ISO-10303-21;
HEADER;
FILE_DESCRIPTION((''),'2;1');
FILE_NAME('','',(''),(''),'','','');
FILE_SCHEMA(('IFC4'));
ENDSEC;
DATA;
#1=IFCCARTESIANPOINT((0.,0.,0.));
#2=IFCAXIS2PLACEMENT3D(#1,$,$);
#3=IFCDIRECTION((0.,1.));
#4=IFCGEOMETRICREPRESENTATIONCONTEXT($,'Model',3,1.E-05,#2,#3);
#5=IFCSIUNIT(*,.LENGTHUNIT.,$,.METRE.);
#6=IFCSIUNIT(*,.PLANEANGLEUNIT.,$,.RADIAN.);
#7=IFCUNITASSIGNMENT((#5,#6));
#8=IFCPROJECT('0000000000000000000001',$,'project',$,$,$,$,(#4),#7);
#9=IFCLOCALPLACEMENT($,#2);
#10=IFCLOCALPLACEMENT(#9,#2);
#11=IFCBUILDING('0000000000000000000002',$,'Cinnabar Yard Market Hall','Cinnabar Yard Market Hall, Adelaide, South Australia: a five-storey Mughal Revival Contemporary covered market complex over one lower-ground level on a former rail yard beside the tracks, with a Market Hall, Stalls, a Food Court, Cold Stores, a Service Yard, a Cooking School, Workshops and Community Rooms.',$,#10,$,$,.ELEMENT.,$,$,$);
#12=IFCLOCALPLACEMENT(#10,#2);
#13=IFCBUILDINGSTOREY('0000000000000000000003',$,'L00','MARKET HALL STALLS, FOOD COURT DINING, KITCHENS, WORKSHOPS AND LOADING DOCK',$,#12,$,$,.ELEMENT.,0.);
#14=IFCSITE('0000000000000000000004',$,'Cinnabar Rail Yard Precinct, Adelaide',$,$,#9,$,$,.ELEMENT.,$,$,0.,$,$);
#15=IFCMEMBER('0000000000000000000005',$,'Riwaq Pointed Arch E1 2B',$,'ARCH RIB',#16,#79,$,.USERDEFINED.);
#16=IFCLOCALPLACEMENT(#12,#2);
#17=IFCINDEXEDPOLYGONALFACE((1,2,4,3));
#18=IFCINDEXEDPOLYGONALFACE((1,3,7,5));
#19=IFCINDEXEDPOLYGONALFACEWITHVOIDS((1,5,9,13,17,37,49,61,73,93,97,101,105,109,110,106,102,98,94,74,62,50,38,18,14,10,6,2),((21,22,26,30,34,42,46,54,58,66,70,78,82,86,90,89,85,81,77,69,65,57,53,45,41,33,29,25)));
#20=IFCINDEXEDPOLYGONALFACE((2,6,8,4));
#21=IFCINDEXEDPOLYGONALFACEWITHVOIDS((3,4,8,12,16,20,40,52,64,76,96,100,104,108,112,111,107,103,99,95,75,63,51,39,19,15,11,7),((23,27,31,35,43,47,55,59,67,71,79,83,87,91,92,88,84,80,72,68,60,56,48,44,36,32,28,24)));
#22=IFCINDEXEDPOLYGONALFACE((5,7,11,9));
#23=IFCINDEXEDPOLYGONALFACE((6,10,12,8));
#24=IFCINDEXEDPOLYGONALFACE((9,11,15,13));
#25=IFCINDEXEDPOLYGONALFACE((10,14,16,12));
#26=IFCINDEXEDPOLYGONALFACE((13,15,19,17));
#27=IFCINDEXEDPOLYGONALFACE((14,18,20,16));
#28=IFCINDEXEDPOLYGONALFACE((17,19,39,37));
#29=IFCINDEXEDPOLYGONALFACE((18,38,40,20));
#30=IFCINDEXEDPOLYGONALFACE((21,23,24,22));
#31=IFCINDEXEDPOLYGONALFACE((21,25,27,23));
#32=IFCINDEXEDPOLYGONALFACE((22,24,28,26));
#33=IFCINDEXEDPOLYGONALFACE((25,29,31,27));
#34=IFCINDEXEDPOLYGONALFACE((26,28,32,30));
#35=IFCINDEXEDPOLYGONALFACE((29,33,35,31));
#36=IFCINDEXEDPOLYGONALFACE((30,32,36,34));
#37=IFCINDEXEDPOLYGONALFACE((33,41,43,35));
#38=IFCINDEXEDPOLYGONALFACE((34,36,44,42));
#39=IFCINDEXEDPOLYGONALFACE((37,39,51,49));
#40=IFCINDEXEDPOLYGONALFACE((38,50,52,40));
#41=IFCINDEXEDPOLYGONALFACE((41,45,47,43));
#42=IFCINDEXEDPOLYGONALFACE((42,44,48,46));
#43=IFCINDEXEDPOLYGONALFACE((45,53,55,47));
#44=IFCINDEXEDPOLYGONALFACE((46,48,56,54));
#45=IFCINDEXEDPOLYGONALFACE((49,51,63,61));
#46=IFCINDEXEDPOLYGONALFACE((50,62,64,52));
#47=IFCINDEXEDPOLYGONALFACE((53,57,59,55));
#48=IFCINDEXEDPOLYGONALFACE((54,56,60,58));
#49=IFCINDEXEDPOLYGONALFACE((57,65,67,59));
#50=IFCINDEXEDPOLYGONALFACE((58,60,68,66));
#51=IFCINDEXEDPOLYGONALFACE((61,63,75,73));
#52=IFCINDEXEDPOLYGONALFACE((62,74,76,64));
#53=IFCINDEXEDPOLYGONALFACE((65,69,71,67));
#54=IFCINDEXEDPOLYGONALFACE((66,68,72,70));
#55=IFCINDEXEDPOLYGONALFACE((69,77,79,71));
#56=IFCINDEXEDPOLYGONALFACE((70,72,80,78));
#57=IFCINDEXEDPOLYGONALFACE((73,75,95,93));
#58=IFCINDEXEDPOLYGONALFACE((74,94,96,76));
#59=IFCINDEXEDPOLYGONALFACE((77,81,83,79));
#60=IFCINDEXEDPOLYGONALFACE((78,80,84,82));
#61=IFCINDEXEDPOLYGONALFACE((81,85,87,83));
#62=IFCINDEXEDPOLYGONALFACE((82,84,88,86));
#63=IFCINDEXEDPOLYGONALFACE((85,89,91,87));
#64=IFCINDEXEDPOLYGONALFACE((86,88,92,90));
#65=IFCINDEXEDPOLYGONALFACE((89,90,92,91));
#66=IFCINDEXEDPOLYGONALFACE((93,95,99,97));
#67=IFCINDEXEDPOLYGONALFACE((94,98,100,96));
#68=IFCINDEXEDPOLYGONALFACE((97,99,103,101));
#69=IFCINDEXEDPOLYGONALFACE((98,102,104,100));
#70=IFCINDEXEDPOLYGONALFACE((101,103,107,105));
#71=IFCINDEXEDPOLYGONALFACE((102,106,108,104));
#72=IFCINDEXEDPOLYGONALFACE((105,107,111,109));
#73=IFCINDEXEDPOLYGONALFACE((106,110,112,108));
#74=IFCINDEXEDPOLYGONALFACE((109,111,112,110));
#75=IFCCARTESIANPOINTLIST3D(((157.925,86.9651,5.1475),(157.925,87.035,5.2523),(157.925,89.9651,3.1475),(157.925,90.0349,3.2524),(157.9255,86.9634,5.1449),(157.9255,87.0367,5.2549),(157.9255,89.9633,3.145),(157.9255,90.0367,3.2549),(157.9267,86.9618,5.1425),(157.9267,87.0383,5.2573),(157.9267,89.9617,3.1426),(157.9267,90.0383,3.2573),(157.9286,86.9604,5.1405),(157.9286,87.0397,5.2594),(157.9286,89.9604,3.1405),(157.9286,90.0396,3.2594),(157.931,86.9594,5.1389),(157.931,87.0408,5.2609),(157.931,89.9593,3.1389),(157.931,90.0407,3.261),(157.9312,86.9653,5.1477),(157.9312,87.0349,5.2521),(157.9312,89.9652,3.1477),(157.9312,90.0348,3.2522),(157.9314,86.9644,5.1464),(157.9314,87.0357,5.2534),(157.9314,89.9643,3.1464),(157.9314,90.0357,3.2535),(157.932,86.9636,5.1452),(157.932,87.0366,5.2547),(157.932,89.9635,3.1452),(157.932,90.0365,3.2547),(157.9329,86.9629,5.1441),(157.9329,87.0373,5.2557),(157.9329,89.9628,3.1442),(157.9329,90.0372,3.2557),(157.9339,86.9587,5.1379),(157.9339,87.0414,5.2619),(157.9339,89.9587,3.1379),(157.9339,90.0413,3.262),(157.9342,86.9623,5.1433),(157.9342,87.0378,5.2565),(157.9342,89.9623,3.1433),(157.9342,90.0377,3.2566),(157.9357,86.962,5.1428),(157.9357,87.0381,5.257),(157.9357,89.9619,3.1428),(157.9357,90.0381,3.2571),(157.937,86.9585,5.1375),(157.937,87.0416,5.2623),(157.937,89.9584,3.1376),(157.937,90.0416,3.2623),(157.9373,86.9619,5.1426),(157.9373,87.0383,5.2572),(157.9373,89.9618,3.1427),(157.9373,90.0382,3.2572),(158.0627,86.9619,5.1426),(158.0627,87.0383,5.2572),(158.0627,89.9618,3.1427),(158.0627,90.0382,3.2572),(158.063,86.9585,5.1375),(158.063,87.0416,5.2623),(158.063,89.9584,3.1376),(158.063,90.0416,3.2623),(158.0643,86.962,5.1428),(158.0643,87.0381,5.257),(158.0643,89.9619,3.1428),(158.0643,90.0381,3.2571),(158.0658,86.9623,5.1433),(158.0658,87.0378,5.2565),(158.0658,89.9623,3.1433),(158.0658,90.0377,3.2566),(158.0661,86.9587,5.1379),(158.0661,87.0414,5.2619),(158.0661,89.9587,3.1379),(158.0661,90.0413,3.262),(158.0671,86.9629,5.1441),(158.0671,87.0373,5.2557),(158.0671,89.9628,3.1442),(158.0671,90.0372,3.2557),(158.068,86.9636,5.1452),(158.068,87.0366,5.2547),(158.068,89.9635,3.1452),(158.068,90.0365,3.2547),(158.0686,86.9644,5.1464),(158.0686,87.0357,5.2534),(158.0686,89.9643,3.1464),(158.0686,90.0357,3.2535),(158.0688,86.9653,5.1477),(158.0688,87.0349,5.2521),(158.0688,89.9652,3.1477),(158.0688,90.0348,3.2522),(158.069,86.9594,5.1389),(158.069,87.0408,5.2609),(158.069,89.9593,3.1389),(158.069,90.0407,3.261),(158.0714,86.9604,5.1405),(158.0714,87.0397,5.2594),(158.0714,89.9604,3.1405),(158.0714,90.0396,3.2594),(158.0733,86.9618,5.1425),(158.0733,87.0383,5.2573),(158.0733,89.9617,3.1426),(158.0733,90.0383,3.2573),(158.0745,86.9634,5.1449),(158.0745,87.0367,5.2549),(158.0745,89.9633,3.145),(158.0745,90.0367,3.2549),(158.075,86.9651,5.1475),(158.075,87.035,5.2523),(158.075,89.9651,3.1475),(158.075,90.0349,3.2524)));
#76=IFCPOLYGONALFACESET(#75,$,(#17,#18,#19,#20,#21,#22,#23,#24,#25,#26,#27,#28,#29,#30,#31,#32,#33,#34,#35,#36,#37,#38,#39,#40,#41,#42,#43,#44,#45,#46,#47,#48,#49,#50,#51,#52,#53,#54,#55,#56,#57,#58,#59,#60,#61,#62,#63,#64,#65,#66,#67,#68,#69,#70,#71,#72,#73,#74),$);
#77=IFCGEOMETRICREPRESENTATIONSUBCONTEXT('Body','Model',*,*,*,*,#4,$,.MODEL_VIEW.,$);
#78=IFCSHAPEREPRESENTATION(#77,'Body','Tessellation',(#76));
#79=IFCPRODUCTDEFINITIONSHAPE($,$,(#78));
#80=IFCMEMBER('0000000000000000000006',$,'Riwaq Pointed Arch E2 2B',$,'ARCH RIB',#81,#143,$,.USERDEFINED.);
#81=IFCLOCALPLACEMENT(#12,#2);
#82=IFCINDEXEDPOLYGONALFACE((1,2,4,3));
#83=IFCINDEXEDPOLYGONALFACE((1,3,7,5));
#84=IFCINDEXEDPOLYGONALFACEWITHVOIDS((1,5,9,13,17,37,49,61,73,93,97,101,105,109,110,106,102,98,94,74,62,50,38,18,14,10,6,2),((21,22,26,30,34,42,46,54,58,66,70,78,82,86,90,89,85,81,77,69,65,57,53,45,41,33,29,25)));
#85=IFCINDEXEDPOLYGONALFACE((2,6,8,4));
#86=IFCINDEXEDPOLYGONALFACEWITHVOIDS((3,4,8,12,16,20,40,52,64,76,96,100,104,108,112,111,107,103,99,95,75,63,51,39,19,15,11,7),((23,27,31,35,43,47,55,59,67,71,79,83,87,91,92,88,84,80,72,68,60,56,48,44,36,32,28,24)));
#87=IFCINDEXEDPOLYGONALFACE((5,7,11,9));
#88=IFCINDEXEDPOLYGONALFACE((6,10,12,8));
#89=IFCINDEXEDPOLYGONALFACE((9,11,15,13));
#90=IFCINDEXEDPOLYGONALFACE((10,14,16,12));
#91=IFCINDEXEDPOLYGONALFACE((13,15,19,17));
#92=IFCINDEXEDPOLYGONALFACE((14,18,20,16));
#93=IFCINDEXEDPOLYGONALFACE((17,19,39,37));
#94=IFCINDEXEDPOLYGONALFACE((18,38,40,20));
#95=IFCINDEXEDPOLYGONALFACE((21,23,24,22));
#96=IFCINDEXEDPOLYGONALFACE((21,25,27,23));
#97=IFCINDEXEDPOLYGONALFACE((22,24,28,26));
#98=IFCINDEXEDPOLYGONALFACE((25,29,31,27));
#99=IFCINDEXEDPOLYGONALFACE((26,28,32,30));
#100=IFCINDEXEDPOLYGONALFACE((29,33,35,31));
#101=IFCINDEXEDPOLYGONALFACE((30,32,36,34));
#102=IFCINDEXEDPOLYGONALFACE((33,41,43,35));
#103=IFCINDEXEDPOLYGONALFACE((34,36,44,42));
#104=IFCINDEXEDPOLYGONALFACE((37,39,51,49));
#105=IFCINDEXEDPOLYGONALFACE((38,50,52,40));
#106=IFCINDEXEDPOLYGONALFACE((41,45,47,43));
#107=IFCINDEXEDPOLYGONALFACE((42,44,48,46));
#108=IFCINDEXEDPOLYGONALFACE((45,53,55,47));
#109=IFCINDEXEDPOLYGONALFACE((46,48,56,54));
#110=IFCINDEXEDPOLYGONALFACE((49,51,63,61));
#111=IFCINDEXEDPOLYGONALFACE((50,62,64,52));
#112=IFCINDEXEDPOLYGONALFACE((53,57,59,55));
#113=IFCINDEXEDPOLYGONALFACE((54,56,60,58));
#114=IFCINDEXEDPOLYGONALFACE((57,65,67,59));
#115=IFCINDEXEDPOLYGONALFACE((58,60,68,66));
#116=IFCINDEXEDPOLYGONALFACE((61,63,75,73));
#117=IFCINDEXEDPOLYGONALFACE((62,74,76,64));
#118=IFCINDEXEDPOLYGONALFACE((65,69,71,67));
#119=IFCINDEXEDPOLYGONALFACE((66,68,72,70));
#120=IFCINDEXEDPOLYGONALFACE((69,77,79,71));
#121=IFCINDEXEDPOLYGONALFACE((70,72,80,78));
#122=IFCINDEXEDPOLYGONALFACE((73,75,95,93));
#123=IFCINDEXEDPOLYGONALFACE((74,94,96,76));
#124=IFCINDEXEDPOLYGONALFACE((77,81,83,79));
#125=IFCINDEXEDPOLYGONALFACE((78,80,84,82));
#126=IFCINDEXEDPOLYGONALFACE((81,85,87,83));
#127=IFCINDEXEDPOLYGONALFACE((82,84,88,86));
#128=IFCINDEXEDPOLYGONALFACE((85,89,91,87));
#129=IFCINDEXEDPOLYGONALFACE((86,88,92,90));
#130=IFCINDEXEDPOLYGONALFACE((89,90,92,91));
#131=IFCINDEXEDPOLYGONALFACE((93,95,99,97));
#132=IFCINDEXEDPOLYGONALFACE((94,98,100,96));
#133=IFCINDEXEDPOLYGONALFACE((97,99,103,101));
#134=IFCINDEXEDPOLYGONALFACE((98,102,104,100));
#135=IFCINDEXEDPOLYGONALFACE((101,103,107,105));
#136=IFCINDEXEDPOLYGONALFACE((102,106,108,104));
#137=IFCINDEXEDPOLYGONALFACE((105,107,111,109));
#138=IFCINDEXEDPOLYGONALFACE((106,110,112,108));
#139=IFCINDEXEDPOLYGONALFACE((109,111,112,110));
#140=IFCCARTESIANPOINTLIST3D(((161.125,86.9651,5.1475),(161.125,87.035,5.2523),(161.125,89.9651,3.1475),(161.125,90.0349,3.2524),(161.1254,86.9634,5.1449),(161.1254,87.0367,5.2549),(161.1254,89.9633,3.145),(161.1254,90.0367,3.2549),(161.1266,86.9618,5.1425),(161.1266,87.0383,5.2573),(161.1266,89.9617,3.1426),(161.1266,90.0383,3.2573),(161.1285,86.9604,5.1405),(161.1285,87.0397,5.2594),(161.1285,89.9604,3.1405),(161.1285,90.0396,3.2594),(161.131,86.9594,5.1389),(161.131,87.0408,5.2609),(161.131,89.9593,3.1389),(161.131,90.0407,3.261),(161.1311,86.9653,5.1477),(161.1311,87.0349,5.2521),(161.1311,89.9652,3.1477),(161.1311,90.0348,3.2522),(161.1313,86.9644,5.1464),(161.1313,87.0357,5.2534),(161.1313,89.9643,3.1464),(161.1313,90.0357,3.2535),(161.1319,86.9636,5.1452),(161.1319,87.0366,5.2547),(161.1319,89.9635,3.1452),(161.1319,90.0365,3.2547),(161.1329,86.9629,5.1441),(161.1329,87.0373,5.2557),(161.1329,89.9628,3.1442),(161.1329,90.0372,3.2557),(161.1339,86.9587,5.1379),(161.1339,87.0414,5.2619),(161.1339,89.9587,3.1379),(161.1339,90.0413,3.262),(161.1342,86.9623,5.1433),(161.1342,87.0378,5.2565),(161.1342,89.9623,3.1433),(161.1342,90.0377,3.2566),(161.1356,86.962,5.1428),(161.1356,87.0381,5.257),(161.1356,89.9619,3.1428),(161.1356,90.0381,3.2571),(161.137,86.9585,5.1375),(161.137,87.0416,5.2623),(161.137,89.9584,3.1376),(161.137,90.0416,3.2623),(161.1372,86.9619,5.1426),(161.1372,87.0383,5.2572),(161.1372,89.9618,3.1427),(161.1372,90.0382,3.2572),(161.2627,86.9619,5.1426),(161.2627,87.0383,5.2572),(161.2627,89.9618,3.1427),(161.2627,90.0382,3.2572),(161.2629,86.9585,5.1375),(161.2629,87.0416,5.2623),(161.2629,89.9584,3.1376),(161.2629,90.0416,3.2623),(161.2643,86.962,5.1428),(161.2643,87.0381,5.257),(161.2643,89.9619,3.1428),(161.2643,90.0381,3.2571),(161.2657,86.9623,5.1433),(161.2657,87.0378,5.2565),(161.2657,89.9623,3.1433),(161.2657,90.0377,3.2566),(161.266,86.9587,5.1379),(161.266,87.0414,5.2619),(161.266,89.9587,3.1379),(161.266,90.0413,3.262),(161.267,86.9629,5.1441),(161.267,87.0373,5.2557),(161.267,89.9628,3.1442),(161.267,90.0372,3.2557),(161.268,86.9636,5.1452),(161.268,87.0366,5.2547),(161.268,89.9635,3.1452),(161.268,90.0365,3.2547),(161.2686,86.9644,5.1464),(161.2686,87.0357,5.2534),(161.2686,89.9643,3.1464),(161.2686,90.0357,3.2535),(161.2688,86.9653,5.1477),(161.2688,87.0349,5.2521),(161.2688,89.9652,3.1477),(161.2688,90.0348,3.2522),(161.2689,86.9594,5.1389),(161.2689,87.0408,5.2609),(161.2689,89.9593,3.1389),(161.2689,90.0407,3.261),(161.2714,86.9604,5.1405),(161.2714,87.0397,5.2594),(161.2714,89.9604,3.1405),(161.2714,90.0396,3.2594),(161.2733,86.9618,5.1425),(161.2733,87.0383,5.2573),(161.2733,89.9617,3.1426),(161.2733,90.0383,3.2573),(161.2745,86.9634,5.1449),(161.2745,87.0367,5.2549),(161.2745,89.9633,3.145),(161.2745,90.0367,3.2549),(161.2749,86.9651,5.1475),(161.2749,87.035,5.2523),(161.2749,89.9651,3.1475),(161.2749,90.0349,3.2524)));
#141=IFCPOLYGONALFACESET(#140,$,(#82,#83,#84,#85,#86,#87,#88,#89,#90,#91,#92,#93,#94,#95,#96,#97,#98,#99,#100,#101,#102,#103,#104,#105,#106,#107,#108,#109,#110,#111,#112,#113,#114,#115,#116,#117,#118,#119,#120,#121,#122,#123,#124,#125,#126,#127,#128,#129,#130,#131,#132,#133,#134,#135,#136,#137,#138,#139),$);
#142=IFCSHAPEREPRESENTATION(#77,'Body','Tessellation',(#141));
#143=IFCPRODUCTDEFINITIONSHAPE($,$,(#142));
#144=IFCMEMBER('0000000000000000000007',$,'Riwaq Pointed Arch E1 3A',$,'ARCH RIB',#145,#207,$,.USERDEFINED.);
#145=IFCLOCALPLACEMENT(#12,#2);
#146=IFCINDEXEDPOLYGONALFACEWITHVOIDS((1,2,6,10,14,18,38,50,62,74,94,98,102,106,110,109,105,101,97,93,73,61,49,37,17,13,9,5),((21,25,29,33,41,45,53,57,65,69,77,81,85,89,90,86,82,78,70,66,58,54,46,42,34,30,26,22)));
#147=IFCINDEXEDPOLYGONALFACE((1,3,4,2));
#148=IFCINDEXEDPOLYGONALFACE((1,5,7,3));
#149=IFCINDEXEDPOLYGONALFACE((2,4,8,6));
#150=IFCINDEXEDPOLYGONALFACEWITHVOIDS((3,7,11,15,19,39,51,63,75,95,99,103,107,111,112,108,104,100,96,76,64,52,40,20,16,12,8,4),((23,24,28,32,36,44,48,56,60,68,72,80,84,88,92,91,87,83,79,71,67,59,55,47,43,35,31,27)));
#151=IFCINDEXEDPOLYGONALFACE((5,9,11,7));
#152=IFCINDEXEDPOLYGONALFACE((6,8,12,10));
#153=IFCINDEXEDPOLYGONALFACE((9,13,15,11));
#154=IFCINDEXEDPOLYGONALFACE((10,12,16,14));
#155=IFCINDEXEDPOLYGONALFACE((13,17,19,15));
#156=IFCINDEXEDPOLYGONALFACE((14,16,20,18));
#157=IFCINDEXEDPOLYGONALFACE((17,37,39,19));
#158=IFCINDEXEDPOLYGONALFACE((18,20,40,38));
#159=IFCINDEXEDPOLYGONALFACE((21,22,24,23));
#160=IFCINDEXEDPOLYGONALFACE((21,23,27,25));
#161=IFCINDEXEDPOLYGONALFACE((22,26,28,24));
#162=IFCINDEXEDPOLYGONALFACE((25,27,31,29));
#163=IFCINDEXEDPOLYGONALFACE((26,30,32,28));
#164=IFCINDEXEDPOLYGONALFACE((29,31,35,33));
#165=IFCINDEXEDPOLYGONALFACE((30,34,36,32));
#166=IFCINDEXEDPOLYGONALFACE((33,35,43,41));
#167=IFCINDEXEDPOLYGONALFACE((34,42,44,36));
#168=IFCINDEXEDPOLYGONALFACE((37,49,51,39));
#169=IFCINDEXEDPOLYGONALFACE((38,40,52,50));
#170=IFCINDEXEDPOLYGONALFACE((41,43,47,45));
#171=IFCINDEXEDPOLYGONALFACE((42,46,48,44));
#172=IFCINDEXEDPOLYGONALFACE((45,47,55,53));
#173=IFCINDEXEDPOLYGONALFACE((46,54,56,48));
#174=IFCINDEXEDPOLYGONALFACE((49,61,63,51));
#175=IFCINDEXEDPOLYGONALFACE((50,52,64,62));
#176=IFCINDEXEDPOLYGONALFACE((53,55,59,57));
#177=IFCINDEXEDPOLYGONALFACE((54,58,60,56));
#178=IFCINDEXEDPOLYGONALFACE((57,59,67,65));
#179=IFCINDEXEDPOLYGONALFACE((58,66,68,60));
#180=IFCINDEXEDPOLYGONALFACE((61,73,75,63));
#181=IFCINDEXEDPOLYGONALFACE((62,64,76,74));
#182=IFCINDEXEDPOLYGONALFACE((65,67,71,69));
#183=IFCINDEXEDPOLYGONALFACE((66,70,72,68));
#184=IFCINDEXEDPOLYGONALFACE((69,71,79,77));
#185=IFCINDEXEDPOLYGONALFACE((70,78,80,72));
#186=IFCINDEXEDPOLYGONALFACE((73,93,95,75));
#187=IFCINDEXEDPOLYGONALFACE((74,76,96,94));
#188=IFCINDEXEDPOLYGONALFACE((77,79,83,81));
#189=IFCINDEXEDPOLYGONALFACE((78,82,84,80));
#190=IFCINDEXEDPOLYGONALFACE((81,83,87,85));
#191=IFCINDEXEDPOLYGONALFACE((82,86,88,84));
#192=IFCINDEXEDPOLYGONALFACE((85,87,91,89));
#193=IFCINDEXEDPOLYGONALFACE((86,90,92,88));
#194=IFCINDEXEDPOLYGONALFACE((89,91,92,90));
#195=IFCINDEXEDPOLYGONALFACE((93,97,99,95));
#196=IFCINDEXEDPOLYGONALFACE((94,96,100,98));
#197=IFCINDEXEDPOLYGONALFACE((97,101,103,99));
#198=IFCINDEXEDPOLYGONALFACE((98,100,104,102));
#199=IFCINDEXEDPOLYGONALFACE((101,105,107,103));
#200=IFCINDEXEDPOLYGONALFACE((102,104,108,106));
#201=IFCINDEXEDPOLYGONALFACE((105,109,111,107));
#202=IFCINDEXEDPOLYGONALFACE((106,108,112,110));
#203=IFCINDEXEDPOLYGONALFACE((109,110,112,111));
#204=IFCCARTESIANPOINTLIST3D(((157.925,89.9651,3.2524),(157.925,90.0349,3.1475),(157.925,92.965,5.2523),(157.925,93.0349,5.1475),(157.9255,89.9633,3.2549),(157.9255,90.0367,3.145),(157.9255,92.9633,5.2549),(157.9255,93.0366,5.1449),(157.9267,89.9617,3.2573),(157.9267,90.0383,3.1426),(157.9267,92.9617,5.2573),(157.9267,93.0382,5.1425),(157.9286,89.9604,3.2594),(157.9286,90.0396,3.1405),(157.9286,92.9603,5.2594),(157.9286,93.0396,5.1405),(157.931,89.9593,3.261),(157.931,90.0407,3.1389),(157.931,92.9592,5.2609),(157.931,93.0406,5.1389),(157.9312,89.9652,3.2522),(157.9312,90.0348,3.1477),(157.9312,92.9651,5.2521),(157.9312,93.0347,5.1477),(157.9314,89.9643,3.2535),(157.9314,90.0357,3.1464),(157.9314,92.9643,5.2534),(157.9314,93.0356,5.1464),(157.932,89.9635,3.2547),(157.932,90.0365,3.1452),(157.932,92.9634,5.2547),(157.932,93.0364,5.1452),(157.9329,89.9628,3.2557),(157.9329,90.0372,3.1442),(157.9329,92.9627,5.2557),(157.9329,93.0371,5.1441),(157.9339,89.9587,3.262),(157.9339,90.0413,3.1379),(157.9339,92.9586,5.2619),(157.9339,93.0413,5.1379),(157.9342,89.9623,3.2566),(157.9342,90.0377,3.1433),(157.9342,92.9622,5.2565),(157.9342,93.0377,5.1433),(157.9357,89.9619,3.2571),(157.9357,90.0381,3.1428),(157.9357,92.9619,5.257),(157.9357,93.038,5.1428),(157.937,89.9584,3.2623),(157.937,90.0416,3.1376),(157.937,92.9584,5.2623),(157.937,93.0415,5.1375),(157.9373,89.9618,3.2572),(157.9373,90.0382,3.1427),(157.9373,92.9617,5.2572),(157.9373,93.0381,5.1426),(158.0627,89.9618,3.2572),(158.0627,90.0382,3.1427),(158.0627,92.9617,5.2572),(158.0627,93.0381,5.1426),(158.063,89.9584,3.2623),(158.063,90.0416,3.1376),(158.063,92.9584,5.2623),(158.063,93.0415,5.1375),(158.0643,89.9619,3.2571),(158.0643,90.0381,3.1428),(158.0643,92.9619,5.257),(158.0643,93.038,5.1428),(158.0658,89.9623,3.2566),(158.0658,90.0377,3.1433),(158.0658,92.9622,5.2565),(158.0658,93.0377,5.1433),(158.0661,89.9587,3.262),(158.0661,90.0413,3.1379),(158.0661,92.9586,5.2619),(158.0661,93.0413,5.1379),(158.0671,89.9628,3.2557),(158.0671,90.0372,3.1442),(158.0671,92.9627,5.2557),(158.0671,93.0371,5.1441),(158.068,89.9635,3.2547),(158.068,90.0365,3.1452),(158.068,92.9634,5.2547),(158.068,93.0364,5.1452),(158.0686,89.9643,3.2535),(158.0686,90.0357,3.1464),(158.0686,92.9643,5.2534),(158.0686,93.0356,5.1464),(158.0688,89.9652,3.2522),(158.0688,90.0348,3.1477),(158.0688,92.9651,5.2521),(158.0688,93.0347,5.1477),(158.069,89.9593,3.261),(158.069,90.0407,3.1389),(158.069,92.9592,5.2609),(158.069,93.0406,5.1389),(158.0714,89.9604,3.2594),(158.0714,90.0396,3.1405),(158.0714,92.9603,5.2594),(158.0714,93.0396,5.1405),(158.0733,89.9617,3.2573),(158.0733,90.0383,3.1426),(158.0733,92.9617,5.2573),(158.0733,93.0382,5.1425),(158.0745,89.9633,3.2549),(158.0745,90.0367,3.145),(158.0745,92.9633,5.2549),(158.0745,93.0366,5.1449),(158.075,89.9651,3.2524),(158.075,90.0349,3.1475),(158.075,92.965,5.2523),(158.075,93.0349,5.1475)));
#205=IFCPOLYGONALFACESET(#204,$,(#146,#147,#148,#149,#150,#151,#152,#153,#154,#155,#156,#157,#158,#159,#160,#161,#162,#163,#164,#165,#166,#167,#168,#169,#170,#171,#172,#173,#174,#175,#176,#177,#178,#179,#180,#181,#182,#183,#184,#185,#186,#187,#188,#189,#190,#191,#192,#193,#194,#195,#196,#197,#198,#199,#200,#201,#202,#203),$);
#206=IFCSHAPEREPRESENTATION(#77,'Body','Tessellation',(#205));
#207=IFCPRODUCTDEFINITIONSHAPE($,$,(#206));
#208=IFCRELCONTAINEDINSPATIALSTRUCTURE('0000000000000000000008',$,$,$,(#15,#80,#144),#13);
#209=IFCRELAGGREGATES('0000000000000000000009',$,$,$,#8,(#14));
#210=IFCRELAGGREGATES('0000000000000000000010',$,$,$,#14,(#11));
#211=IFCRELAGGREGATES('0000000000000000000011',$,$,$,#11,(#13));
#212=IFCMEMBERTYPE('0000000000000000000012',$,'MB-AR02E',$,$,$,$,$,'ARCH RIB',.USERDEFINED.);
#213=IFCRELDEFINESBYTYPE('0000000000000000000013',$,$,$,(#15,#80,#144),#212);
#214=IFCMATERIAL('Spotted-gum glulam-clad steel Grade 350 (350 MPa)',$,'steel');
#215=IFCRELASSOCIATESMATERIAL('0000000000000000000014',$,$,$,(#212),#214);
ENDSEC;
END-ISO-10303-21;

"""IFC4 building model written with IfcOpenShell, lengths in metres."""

from ifc_helpers import new_model, si_unit, direction, frame, origin, origin_2d_with_axis, place, context, subcontext, project, spatial, hollow_rectangle, extrude, material, material_profile, profile_set, type_object, element, save


model = new_model("IFC4")

# Units and contexts
model_context = context("Model", 3, precision=1e-05, world=origin(), true_north=direction((0.0, 1.0)))
body_context = subcontext(model_context, "Body", "Model", "MODEL_VIEW")
ifc_project = project(units=[si_unit("LENGTHUNIT", "METRE"), si_unit("PLANEANGLEUNIT", "RADIAN")], contexts=[model_context])

# Site, building, storey
site_placement = place(None, origin())
site = spatial("IfcSite", under=ifc_project, at=site_placement, Name="Cinnabar Rail Yard Precinct, Adelaide", CompositionType="ELEMENT", RefElevation=0.0)
building_placement = place(site_placement, origin())
building = spatial("IfcBuilding", under=site, at=building_placement, Name="Cinnabar Yard Market Hall", Description="Cinnabar Yard Market Hall, Adelaide, South Australia: a five-storey Mughal Revival Contemporary covered market complex over one lower-ground level on a former rail yard beside the tracks, with a Market Hall, Stalls, a Food Court, Cold Stores, a Service Yard, a Cooking School, Workshops and Community Rooms.", CompositionType="ELEMENT")
storey_placement = place(building_placement, origin())
storey = spatial("IfcBuildingStorey", under=building, at=storey_placement, Name="L00", Description="MARKET HALL STALLS, FOOD COURT DINING, KITCHENS, WORKSHOPS AND LOADING DOCK", CompositionType="ELEMENT", Elevation=0.0)

# Shared definitions
ifc_material_1 = material(Name="Spotted-gum glulam-clad steel Grade 350 (350 MPa)", Category="steel")

# Members
ifc_material_profile_1 = material_profile(ifc_material_1, hollow_rectangle(XDim=0.1499, YDim=0.1499, WallThickness=0.0061, InnerFilletRadius=0.0061, OuterFilletRadius=0.012, at=origin_2d_with_axis()), Name="150x150x6.0SHS")
ifc_profile_set_1 = profile_set([ifc_material_profile_1], Name="Spotted-gum glulam-clad steel Grade 350 (350 MPa)")
member_type = type_object("IfcMemberType", Name="MB-AR02E", ElementType="ARCH RIB", PredefinedType="USERDEFINED", material=ifc_profile_set_1)
for number, where, z_axis, x_axis, name in (
    (1, (158.0, 90.0, 3.2), (0.0, -0.83205, 0.5547), (1.0, 0.0, 0.0), "Riwaq Pointed Arch E1 2B"),
    (2, (161.2, 90.0, 3.2), (0.0, -0.83205, 0.5547), (1.0, 0.0, 0.0), "Riwaq Pointed Arch E2 2B"),
    (3, (158.0, 90.0, 3.2), (0.0, 0.83205, 0.5547), (-1.0, 0.0, 0.0), "Riwaq Pointed Arch E1 3A"),
):
    element("IfcMember", number, at=place(storey_placement, frame(where, z_axis=z_axis, x_axis=x_axis)), inside=storey, type_object=member_type, Name=name, ObjectType="ARCH RIB", PredefinedType="USERDEFINED", context=body_context, shape_type="SweptSolid", body=[
        extrude(hollow_rectangle(XDim=0.1499, YDim=0.1499, WallThickness=0.0061, InnerFilletRadius=0.0061, OuterFilletRadius=0.012, at=origin_2d_with_axis()), origin(), (0.0, 0.0, 1.0), 3.6055),
    ])

save(model, "model.ifc")
